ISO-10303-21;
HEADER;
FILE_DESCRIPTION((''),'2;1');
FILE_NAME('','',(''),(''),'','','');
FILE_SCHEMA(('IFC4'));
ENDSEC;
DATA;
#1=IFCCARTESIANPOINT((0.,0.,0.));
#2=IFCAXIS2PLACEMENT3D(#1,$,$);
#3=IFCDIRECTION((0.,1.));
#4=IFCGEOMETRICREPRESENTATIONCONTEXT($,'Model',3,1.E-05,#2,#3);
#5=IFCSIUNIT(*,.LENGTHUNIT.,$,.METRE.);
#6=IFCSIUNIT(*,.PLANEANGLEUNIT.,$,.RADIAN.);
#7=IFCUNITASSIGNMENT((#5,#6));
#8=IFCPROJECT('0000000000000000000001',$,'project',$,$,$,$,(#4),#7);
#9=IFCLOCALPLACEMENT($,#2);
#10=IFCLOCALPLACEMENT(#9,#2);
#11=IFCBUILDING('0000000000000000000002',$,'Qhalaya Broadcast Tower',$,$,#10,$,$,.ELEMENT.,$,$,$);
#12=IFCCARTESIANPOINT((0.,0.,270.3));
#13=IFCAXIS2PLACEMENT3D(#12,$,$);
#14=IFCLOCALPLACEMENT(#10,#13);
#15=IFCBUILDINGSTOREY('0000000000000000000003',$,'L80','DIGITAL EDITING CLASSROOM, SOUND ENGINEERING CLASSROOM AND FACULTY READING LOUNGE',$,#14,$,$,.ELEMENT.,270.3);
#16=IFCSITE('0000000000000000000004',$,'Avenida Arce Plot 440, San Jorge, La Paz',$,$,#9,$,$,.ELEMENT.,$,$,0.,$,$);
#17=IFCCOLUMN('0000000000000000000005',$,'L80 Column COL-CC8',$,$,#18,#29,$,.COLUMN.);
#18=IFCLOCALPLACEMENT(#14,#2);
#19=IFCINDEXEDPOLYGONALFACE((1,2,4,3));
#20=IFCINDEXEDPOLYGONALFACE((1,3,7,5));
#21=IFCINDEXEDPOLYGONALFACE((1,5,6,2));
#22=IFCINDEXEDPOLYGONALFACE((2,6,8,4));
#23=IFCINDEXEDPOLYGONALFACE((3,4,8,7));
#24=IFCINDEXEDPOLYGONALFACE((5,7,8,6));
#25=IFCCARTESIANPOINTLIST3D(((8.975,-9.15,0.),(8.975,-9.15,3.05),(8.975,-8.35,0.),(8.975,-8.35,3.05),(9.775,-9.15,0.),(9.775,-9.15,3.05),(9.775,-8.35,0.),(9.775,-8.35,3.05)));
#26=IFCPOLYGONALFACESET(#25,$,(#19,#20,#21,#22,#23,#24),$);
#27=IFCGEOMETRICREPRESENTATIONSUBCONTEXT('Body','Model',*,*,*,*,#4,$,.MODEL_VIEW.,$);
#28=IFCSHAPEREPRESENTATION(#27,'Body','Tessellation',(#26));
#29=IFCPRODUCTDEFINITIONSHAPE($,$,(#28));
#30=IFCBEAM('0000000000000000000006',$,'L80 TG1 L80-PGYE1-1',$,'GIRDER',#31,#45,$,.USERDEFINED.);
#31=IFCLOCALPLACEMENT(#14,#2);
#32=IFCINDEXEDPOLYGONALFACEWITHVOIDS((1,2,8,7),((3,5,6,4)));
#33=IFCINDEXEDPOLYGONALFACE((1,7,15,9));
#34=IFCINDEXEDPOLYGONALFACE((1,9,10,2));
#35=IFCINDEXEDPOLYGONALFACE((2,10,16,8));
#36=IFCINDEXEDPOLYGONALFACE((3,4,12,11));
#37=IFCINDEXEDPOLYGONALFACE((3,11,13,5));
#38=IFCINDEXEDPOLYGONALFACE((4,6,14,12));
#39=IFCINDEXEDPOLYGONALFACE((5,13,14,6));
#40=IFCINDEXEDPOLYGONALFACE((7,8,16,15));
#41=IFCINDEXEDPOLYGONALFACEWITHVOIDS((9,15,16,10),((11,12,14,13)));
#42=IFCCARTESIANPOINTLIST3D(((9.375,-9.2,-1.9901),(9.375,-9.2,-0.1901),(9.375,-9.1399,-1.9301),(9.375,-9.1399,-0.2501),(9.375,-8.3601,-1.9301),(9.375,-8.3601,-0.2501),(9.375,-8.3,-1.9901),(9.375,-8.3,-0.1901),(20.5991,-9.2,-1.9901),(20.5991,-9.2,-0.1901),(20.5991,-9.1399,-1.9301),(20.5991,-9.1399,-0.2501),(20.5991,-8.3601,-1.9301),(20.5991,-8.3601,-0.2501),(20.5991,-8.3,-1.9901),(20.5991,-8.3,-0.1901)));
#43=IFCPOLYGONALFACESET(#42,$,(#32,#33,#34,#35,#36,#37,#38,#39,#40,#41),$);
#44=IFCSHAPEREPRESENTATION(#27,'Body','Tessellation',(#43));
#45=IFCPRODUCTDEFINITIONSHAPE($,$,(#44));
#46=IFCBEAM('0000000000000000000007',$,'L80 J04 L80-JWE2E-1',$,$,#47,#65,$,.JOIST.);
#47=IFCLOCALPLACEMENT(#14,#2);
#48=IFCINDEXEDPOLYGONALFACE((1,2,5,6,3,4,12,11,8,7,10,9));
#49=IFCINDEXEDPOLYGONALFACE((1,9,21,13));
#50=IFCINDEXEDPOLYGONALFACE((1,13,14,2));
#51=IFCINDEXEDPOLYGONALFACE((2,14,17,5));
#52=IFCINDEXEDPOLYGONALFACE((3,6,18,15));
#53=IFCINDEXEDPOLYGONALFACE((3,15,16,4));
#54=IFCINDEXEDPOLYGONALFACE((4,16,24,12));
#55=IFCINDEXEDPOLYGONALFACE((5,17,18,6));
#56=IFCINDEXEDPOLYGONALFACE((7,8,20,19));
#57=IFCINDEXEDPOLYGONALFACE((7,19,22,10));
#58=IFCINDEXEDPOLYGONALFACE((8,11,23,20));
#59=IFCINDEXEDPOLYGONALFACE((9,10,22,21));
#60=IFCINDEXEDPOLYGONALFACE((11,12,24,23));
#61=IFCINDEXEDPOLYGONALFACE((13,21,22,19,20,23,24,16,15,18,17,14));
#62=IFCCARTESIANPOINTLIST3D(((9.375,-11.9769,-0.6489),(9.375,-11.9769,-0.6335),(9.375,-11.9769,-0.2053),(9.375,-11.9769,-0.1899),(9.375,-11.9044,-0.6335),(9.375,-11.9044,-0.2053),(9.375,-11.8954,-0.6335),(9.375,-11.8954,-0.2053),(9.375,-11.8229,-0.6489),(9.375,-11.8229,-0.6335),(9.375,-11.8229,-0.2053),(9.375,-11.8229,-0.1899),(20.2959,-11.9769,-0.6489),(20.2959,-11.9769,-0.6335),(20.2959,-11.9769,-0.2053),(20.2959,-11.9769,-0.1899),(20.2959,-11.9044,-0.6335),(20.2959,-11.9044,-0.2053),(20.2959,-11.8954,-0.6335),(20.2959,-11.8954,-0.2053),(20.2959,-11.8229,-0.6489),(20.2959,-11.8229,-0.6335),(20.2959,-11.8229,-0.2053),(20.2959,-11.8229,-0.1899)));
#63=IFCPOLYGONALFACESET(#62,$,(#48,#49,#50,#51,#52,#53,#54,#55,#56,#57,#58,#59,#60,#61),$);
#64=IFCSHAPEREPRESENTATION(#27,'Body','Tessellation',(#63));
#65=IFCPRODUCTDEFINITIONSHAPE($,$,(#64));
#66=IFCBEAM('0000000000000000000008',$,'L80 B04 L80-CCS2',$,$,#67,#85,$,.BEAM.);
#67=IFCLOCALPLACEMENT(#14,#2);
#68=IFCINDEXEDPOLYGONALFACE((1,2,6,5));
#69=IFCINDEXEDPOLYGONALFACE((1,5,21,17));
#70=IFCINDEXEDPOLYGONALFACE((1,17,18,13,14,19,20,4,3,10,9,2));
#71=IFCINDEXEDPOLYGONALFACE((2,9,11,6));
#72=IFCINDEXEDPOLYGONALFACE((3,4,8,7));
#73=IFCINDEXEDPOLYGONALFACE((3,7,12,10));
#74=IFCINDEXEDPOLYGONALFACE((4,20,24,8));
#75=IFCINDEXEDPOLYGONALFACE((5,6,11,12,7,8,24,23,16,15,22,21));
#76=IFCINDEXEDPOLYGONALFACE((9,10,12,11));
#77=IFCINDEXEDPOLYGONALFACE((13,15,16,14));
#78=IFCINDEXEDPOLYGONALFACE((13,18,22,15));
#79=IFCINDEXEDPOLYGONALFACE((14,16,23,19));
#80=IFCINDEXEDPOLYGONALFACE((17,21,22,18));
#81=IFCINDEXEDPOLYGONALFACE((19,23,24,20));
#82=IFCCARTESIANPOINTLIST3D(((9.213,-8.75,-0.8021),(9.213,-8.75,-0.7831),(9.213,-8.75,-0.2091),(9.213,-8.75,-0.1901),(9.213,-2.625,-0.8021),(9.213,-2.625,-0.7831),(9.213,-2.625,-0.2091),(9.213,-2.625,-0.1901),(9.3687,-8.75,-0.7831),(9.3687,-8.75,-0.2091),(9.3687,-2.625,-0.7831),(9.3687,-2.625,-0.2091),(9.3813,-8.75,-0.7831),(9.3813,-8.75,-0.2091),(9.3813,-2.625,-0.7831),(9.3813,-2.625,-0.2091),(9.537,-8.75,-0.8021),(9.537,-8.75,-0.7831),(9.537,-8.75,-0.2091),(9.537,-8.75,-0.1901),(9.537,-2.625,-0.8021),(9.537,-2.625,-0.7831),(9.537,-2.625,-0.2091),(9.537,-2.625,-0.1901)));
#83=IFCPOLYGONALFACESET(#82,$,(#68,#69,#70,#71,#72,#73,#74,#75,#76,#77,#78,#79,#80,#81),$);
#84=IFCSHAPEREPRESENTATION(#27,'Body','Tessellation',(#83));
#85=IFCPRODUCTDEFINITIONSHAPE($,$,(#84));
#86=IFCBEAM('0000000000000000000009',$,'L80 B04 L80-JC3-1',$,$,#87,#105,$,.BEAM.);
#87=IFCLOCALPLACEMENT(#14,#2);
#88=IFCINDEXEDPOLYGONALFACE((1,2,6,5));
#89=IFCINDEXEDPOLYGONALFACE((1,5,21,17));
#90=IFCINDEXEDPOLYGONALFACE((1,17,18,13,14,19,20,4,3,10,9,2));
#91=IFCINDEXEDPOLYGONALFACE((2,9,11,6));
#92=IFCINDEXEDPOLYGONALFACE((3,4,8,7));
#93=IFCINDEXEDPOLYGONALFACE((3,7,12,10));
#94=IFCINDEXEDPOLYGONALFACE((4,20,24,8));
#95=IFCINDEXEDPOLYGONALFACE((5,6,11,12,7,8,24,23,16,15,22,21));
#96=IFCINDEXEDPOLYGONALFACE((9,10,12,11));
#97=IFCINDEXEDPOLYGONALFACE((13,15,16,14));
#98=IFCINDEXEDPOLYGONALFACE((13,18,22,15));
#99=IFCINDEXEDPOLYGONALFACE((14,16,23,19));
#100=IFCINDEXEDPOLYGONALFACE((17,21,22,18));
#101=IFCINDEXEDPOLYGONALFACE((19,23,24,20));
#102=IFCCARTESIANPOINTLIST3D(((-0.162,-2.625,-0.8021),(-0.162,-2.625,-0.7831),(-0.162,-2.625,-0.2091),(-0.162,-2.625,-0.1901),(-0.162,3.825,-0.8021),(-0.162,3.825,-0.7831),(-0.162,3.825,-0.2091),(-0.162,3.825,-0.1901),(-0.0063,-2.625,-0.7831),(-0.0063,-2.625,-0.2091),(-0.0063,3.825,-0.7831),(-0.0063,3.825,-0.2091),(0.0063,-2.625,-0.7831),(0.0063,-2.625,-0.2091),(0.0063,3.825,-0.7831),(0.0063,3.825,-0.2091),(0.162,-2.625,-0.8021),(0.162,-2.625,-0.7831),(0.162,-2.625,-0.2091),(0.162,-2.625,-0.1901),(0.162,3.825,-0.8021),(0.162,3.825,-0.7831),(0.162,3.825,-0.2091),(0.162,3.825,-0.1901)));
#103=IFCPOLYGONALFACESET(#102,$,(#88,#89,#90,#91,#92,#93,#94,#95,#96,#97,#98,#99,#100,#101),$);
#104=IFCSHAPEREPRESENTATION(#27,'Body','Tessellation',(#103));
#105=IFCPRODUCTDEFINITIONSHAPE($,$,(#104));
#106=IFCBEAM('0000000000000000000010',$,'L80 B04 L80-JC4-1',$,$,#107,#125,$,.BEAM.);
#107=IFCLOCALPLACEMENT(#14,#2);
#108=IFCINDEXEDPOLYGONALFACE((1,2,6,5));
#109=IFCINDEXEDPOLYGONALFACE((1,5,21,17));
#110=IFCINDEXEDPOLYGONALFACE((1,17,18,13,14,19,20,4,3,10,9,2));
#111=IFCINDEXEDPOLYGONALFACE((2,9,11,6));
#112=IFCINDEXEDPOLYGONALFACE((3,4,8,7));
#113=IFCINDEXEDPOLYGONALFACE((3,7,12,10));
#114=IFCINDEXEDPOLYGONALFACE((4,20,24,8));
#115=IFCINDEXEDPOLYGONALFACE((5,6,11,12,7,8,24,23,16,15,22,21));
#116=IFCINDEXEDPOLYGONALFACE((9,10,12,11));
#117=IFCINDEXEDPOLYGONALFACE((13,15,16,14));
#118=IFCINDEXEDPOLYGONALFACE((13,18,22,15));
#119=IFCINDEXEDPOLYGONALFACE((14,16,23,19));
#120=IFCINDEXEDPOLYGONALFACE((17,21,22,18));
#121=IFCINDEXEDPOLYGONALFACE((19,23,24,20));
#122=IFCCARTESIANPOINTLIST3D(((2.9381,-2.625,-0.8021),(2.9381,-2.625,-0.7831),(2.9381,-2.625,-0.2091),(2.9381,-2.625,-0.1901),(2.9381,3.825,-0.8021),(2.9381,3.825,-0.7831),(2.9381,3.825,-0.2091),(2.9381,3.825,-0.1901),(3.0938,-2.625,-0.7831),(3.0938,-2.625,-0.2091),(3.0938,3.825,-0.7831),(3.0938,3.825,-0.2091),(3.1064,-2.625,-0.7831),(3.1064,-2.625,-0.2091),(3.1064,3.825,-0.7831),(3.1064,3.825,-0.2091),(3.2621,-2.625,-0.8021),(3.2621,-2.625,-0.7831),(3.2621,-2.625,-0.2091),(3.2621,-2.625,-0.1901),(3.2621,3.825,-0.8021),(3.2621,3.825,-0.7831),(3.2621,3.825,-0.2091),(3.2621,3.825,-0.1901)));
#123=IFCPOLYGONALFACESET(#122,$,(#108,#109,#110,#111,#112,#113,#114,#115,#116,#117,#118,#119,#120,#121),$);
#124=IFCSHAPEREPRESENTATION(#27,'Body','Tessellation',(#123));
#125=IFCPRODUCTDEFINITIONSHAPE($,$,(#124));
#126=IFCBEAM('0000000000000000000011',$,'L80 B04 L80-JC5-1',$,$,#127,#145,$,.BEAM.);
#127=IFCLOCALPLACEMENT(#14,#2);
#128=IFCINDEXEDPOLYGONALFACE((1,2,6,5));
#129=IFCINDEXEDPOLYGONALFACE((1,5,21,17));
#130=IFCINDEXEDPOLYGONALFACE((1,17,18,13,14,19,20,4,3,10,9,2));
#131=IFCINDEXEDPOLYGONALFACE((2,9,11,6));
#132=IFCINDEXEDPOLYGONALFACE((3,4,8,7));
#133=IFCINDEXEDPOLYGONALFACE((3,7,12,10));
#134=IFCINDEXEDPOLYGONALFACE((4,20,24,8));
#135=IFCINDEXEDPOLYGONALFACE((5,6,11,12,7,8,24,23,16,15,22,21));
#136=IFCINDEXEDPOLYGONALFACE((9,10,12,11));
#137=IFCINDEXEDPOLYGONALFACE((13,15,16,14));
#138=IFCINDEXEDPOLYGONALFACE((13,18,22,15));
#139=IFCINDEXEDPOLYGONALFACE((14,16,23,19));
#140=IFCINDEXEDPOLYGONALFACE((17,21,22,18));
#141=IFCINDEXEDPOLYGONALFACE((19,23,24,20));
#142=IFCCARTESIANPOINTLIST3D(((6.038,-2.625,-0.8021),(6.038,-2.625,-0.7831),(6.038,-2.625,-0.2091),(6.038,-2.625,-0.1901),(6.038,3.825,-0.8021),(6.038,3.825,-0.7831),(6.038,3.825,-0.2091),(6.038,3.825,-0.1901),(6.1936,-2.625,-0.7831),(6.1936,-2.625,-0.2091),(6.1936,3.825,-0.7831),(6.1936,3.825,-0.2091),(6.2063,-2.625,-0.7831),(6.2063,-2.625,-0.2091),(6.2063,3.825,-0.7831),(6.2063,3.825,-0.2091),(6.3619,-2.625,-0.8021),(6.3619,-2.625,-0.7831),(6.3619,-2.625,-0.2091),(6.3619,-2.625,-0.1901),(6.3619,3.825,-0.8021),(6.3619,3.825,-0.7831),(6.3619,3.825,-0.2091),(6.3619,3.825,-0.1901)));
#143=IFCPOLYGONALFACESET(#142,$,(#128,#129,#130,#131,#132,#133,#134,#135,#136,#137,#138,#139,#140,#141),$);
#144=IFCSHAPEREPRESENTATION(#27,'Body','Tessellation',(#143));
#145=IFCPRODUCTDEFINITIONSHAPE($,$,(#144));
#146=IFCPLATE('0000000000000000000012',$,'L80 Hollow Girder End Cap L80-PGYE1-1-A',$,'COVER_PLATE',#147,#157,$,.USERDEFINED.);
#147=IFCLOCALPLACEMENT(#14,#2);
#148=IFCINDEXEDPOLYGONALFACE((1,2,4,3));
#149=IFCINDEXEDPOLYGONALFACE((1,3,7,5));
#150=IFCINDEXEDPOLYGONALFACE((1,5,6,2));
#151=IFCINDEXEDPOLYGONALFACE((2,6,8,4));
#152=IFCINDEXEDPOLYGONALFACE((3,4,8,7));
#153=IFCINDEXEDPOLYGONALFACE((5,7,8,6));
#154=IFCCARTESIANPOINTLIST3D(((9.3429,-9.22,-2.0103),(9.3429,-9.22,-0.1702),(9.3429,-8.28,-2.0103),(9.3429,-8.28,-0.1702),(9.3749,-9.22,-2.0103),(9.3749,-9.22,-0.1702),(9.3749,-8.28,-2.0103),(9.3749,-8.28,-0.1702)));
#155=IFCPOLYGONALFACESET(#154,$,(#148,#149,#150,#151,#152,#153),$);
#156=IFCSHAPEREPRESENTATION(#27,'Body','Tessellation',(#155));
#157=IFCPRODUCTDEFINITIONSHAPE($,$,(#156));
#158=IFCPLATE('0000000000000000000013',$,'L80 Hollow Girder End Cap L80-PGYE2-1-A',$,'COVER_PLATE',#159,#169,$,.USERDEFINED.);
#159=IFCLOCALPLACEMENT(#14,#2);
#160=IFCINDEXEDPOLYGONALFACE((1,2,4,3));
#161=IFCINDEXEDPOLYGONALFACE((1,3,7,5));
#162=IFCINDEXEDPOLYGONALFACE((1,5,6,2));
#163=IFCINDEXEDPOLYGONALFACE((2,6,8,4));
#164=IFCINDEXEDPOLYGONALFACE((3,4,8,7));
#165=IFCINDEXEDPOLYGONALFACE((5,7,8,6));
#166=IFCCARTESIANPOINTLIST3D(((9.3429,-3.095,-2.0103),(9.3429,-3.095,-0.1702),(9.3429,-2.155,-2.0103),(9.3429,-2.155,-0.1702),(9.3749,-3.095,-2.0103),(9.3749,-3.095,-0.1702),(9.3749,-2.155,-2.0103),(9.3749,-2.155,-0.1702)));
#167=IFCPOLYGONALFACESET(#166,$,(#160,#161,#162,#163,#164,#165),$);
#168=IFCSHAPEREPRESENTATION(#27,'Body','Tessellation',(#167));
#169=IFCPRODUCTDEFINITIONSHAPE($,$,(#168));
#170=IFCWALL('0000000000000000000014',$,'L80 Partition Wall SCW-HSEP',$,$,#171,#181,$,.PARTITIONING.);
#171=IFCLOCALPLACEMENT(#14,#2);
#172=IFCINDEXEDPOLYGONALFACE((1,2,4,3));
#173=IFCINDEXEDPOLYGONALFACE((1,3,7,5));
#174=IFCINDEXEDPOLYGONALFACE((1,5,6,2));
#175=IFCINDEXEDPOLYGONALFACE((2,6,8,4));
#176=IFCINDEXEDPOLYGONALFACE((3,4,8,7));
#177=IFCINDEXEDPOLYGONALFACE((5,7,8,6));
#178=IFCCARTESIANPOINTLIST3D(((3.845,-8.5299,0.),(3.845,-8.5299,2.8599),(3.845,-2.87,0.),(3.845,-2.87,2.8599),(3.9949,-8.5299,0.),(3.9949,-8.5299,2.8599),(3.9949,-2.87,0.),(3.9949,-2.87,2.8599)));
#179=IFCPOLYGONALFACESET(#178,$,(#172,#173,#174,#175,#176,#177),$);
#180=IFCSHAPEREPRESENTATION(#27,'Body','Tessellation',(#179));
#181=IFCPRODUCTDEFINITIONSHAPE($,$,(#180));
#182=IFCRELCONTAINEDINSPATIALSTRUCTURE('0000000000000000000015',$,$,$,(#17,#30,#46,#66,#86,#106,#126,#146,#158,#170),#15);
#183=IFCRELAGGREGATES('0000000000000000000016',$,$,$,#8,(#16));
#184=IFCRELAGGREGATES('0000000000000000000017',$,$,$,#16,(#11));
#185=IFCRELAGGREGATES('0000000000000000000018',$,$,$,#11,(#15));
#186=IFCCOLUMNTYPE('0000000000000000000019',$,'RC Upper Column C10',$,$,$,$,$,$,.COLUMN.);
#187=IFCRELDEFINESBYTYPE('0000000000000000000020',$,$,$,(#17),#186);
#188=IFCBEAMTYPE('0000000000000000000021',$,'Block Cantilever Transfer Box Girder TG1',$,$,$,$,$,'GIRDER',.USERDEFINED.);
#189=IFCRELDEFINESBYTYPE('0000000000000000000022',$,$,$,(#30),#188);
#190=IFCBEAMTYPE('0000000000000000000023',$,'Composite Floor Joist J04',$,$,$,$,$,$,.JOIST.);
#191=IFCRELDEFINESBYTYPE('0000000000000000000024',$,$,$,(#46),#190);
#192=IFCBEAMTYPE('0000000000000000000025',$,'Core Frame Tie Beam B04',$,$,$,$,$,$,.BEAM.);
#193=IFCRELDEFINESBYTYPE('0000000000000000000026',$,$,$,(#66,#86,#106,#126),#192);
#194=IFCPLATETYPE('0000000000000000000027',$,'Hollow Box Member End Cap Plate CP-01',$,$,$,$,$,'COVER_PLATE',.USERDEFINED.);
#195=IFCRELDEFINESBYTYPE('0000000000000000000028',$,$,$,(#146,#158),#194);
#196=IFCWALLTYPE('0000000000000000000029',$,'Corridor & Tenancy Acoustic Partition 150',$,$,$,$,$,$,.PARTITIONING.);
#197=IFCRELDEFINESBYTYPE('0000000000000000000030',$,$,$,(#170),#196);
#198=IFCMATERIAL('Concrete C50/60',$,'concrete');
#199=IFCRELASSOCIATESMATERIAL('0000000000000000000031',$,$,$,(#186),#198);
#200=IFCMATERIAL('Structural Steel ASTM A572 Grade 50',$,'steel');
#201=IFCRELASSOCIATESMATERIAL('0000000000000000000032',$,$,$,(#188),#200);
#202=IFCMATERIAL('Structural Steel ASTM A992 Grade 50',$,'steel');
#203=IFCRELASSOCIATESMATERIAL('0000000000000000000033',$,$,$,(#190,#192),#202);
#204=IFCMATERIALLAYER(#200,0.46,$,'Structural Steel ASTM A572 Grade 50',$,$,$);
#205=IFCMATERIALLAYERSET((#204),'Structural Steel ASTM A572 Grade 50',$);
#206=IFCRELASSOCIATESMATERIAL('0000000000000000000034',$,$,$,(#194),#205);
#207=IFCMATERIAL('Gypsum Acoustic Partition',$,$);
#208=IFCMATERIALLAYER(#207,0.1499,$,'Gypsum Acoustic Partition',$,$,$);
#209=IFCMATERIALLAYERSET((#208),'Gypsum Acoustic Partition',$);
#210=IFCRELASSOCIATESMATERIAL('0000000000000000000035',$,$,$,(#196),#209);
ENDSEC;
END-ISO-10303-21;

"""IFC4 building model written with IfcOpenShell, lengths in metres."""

from ifc_helpers import new_model, si_unit, direction, frame, frame_2d, origin, origin_2d, place, context, subcontext, project, spatial, rectangle, hollow_rectangle, i_section, extrude, material, layer, layer_set, material_profile, profile_set, type_object, element, save


model = new_model("IFC4")

# Units and contexts
model_context = context("Model", 3, precision=1e-05, world=origin(), true_north=direction((0.0, 1.0)))
body_context = subcontext(model_context, "Body", "Model", "MODEL_VIEW")
ifc_project = project(units=[si_unit("LENGTHUNIT", "METRE"), si_unit("PLANEANGLEUNIT", "RADIAN")], contexts=[model_context])

# Site, building, storey
site_placement = place(None, origin())
site = spatial("IfcSite", under=ifc_project, at=site_placement, Name="Avenida Arce Plot 440, San Jorge, La Paz", CompositionType="ELEMENT", RefElevation=0.0)
building_placement = place(site_placement, origin())
building = spatial("IfcBuilding", under=site, at=building_placement, Name="Qhalaya Broadcast Tower", CompositionType="ELEMENT")
storey_placement = place(building_placement, frame((0.0, 0.0, 270.3)))
storey = spatial("IfcBuildingStorey", under=building, at=storey_placement, Name="L80", Description="DIGITAL EDITING CLASSROOM, SOUND ENGINEERING CLASSROOM AND FACULTY READING LOUNGE", CompositionType="ELEMENT", Elevation=270.3)

# Column
ifc_material_1 = material(Name="Concrete C50/60", Category="concrete")
ifc_material_profile_1 = material_profile(ifc_material_1, rectangle(XDim=0.8, YDim=0.8, at=origin_2d()), Name="RC-COL 800x800")
ifc_profile_set_1 = profile_set([ifc_material_profile_1], Name="Concrete C50/60")
column_type = type_object("IfcColumnType", Name="RC Upper Column C10", PredefinedType="COLUMN", material=ifc_profile_set_1)
column_placement = place(storey_placement, frame((9.375, -8.75, 0.0), z_axis=(0.0, 0.0, 1.0), x_axis=(1.0, 0.0, 0.0)))
element("IfcColumn", 1, at=column_placement, inside=storey, type_object=column_type, Name="L80 Column COL-CC8", PredefinedType="COLUMN", context=body_context, shape_type="SweptSolid", body=[
    extrude(rectangle(XDim=0.8, YDim=0.8, at=origin_2d()), origin(), (0.0, 0.0, 1.0), 3.05),
])

# Beams
ifc_material_2 = material(Name="Structural Steel ASTM A572 Grade 50", Category="steel")
ifc_material_profile_2 = material_profile(ifc_material_2, hollow_rectangle(XDim=0.8999, YDim=1.8, WallThickness=0.0601, at=origin_2d()), Name="BOX 900x1800x60")
ifc_profile_set_2 = profile_set([ifc_material_profile_2], Name="Structural Steel ASTM A572 Grade 50")
beam_type_1 = type_object("IfcBeamType", Name="Block Cantilever Transfer Box Girder TG1", ElementType="GIRDER", PredefinedType="USERDEFINED", material=ifc_profile_set_2)
beam_1_placement = place(storey_placement, frame((9.375, -8.75, -1.0901), z_axis=(1.0, 0.0, 0.0), x_axis=(0.0, 1.0, 0.0)))
element("IfcBeam", 2, at=beam_1_placement, inside=storey, type_object=beam_type_1, Name="L80 TG1 L80-PGYE1-1", ObjectType="GIRDER", PredefinedType="USERDEFINED", context=body_context, shape_type="SweptSolid", body=[
    extrude(hollow_rectangle(XDim=0.8999, YDim=1.8, WallThickness=0.0601, at=origin_2d()), origin(), (0.0, 0.0, 1.0), 11.2241),
])
ifc_material_3 = material(Name="Structural Steel ASTM A992 Grade 50", Category="steel")
ifc_material_profile_3 = material_profile(ifc_material_3, i_section(OverallWidth=0.1541, OverallDepth=0.459, WebThickness=0.009, FlangeThickness=0.0154, at=origin_2d()), Name="W18X46")
ifc_profile_set_3 = profile_set([ifc_material_profile_3], Name="Structural Steel ASTM A992 Grade 50")
beam_type_2 = type_object("IfcBeamType", Name="Composite Floor Joist J04", PredefinedType="JOIST", material=ifc_profile_set_3)
beam_2_placement = place(storey_placement, frame((9.375, -11.8999, -0.4194), z_axis=(1.0, 0.0, 0.0), x_axis=(0.0, 1.0, 0.0)))
element("IfcBeam", 3, at=beam_2_placement, inside=storey, type_object=beam_type_2, Name="L80 J04 L80-JWE2E-1", PredefinedType="JOIST", context=body_context, shape_type="SweptSolid", body=[
    extrude(i_section(OverallWidth=0.1541, OverallDepth=0.459, WebThickness=0.009, FlangeThickness=0.0154, at=origin_2d()), origin(), (0.0, 0.0, 1.0), 10.9209),
])
ifc_material_profile_4 = material_profile(ifc_material_3, i_section(OverallWidth=0.324, OverallDepth=0.6121, WebThickness=0.0127, FlangeThickness=0.019, at=origin_2d()), Name="W24X104")
ifc_profile_set_4 = profile_set([ifc_material_profile_4], Name="Structural Steel ASTM A992 Grade 50")
beam_type_3 = type_object("IfcBeamType", Name="Core Frame Tie Beam B04", PredefinedType="BEAM", material=ifc_profile_set_4)
beam_3_placement = place(storey_placement, frame((9.375, -8.75, -0.4961), z_axis=(0.0, 1.0, 0.0), x_axis=(-1.0, 0.0, 0.0)))
element("IfcBeam", 4, at=beam_3_placement, inside=storey, type_object=beam_type_3, Name="L80 B04 L80-CCS2", PredefinedType="BEAM", context=body_context, shape_type="SweptSolid", body=[
    extrude(i_section(OverallWidth=0.324, OverallDepth=0.6121, WebThickness=0.0127, FlangeThickness=0.019, at=origin_2d()), origin(), (0.0, 0.0, 1.0), 6.125),
])
for number, where, z_axis, x_axis, name in (
    (5, (0.0, -2.625, -0.4961), (0.0, 1.0, 0.0), (-1.0, 0.0, 0.0), "L80 B04 L80-JC3-1"),
    (6, (3.1001, -2.625, -0.4961), (0.0, 1.0, 0.0), (-1.0, 0.0, 0.0), "L80 B04 L80-JC4-1"),
    (7, (6.2, -2.625, -0.4961), (0.0, 1.0, 0.0), (-1.0, 0.0, 0.0), "L80 B04 L80-JC5-1"),
):
    element("IfcBeam", number, at=place(storey_placement, frame(where, z_axis=z_axis, x_axis=x_axis)), inside=storey, type_object=beam_type_3, Name=name, PredefinedType="BEAM", context=body_context, shape_type="SweptSolid", body=[
        extrude(i_section(OverallWidth=0.324, OverallDepth=0.6121, WebThickness=0.0127, FlangeThickness=0.019, at=origin_2d()), origin(), (0.0, 0.0, 1.0), 6.45),
    ])

# Plates
ifc_layer_1 = layer(ifc_material_2, 0.46, Name="Structural Steel ASTM A572 Grade 50")
ifc_layer_set_1 = layer_set([ifc_layer_1], Name="Structural Steel ASTM A572 Grade 50")
plate_type = type_object("IfcPlateType", Name="Hollow Box Member End Cap Plate CP-01", ElementType="COVER_PLATE", PredefinedType="USERDEFINED", material=ifc_layer_set_1)
for number, where, z_axis, x_axis, name in (
    (8, (9.3589, -8.75, -2.0103), (0.0, 0.0, 1.0), (0.0, 1.0, 0.0), "L80 Hollow Girder End Cap L80-PGYE1-1-A"),
    (9, (9.3589, -2.625, -2.0103), (0.0, 0.0, 1.0), (0.0, 1.0, 0.0), "L80 Hollow Girder End Cap L80-PGYE2-1-A"),
):
    element("IfcPlate", number, at=place(storey_placement, frame(where, z_axis=z_axis, x_axis=x_axis)), inside=storey, type_object=plate_type, Name=name, ObjectType="COVER_PLATE", PredefinedType="USERDEFINED", context=body_context, shape_type="SweptSolid", body=[
        extrude(rectangle(XDim=0.9399, YDim=0.032, at=origin_2d()), origin(), (0.0, 0.0, 1.0), 1.8401),
    ])

# Wall
ifc_material_4 = material(Name="Gypsum Acoustic Partition")
ifc_layer_2 = layer(ifc_material_4, 0.1499, Name="Gypsum Acoustic Partition")
ifc_layer_set_2 = layer_set([ifc_layer_2], Name="Gypsum Acoustic Partition")
wall_type_1 = type_object("IfcWallType", Name="Corridor & Tenancy Acoustic Partition 150", PredefinedType="PARTITIONING", material=ifc_layer_set_2)
wall_1_placement = place(storey_placement, frame((3.9199, -8.53, 0.0), z_axis=(0.0, 0.0, 1.0), x_axis=(0.0, 1.0, 0.0)))
element("IfcWall", 10, at=wall_1_placement, inside=storey, type_object=wall_type_1, Name="L80 Partition Wall SCW-HSEP", PredefinedType="PARTITIONING", context=body_context, shape_type="SweptSolid", body=[
    extrude(rectangle(XDim=5.6599, YDim=0.1499, at=frame_2d((2.8301, 0.0))), origin(), (0.0, 0.0, 1.0), 2.8599),
])

save(model, "model.ifc")
